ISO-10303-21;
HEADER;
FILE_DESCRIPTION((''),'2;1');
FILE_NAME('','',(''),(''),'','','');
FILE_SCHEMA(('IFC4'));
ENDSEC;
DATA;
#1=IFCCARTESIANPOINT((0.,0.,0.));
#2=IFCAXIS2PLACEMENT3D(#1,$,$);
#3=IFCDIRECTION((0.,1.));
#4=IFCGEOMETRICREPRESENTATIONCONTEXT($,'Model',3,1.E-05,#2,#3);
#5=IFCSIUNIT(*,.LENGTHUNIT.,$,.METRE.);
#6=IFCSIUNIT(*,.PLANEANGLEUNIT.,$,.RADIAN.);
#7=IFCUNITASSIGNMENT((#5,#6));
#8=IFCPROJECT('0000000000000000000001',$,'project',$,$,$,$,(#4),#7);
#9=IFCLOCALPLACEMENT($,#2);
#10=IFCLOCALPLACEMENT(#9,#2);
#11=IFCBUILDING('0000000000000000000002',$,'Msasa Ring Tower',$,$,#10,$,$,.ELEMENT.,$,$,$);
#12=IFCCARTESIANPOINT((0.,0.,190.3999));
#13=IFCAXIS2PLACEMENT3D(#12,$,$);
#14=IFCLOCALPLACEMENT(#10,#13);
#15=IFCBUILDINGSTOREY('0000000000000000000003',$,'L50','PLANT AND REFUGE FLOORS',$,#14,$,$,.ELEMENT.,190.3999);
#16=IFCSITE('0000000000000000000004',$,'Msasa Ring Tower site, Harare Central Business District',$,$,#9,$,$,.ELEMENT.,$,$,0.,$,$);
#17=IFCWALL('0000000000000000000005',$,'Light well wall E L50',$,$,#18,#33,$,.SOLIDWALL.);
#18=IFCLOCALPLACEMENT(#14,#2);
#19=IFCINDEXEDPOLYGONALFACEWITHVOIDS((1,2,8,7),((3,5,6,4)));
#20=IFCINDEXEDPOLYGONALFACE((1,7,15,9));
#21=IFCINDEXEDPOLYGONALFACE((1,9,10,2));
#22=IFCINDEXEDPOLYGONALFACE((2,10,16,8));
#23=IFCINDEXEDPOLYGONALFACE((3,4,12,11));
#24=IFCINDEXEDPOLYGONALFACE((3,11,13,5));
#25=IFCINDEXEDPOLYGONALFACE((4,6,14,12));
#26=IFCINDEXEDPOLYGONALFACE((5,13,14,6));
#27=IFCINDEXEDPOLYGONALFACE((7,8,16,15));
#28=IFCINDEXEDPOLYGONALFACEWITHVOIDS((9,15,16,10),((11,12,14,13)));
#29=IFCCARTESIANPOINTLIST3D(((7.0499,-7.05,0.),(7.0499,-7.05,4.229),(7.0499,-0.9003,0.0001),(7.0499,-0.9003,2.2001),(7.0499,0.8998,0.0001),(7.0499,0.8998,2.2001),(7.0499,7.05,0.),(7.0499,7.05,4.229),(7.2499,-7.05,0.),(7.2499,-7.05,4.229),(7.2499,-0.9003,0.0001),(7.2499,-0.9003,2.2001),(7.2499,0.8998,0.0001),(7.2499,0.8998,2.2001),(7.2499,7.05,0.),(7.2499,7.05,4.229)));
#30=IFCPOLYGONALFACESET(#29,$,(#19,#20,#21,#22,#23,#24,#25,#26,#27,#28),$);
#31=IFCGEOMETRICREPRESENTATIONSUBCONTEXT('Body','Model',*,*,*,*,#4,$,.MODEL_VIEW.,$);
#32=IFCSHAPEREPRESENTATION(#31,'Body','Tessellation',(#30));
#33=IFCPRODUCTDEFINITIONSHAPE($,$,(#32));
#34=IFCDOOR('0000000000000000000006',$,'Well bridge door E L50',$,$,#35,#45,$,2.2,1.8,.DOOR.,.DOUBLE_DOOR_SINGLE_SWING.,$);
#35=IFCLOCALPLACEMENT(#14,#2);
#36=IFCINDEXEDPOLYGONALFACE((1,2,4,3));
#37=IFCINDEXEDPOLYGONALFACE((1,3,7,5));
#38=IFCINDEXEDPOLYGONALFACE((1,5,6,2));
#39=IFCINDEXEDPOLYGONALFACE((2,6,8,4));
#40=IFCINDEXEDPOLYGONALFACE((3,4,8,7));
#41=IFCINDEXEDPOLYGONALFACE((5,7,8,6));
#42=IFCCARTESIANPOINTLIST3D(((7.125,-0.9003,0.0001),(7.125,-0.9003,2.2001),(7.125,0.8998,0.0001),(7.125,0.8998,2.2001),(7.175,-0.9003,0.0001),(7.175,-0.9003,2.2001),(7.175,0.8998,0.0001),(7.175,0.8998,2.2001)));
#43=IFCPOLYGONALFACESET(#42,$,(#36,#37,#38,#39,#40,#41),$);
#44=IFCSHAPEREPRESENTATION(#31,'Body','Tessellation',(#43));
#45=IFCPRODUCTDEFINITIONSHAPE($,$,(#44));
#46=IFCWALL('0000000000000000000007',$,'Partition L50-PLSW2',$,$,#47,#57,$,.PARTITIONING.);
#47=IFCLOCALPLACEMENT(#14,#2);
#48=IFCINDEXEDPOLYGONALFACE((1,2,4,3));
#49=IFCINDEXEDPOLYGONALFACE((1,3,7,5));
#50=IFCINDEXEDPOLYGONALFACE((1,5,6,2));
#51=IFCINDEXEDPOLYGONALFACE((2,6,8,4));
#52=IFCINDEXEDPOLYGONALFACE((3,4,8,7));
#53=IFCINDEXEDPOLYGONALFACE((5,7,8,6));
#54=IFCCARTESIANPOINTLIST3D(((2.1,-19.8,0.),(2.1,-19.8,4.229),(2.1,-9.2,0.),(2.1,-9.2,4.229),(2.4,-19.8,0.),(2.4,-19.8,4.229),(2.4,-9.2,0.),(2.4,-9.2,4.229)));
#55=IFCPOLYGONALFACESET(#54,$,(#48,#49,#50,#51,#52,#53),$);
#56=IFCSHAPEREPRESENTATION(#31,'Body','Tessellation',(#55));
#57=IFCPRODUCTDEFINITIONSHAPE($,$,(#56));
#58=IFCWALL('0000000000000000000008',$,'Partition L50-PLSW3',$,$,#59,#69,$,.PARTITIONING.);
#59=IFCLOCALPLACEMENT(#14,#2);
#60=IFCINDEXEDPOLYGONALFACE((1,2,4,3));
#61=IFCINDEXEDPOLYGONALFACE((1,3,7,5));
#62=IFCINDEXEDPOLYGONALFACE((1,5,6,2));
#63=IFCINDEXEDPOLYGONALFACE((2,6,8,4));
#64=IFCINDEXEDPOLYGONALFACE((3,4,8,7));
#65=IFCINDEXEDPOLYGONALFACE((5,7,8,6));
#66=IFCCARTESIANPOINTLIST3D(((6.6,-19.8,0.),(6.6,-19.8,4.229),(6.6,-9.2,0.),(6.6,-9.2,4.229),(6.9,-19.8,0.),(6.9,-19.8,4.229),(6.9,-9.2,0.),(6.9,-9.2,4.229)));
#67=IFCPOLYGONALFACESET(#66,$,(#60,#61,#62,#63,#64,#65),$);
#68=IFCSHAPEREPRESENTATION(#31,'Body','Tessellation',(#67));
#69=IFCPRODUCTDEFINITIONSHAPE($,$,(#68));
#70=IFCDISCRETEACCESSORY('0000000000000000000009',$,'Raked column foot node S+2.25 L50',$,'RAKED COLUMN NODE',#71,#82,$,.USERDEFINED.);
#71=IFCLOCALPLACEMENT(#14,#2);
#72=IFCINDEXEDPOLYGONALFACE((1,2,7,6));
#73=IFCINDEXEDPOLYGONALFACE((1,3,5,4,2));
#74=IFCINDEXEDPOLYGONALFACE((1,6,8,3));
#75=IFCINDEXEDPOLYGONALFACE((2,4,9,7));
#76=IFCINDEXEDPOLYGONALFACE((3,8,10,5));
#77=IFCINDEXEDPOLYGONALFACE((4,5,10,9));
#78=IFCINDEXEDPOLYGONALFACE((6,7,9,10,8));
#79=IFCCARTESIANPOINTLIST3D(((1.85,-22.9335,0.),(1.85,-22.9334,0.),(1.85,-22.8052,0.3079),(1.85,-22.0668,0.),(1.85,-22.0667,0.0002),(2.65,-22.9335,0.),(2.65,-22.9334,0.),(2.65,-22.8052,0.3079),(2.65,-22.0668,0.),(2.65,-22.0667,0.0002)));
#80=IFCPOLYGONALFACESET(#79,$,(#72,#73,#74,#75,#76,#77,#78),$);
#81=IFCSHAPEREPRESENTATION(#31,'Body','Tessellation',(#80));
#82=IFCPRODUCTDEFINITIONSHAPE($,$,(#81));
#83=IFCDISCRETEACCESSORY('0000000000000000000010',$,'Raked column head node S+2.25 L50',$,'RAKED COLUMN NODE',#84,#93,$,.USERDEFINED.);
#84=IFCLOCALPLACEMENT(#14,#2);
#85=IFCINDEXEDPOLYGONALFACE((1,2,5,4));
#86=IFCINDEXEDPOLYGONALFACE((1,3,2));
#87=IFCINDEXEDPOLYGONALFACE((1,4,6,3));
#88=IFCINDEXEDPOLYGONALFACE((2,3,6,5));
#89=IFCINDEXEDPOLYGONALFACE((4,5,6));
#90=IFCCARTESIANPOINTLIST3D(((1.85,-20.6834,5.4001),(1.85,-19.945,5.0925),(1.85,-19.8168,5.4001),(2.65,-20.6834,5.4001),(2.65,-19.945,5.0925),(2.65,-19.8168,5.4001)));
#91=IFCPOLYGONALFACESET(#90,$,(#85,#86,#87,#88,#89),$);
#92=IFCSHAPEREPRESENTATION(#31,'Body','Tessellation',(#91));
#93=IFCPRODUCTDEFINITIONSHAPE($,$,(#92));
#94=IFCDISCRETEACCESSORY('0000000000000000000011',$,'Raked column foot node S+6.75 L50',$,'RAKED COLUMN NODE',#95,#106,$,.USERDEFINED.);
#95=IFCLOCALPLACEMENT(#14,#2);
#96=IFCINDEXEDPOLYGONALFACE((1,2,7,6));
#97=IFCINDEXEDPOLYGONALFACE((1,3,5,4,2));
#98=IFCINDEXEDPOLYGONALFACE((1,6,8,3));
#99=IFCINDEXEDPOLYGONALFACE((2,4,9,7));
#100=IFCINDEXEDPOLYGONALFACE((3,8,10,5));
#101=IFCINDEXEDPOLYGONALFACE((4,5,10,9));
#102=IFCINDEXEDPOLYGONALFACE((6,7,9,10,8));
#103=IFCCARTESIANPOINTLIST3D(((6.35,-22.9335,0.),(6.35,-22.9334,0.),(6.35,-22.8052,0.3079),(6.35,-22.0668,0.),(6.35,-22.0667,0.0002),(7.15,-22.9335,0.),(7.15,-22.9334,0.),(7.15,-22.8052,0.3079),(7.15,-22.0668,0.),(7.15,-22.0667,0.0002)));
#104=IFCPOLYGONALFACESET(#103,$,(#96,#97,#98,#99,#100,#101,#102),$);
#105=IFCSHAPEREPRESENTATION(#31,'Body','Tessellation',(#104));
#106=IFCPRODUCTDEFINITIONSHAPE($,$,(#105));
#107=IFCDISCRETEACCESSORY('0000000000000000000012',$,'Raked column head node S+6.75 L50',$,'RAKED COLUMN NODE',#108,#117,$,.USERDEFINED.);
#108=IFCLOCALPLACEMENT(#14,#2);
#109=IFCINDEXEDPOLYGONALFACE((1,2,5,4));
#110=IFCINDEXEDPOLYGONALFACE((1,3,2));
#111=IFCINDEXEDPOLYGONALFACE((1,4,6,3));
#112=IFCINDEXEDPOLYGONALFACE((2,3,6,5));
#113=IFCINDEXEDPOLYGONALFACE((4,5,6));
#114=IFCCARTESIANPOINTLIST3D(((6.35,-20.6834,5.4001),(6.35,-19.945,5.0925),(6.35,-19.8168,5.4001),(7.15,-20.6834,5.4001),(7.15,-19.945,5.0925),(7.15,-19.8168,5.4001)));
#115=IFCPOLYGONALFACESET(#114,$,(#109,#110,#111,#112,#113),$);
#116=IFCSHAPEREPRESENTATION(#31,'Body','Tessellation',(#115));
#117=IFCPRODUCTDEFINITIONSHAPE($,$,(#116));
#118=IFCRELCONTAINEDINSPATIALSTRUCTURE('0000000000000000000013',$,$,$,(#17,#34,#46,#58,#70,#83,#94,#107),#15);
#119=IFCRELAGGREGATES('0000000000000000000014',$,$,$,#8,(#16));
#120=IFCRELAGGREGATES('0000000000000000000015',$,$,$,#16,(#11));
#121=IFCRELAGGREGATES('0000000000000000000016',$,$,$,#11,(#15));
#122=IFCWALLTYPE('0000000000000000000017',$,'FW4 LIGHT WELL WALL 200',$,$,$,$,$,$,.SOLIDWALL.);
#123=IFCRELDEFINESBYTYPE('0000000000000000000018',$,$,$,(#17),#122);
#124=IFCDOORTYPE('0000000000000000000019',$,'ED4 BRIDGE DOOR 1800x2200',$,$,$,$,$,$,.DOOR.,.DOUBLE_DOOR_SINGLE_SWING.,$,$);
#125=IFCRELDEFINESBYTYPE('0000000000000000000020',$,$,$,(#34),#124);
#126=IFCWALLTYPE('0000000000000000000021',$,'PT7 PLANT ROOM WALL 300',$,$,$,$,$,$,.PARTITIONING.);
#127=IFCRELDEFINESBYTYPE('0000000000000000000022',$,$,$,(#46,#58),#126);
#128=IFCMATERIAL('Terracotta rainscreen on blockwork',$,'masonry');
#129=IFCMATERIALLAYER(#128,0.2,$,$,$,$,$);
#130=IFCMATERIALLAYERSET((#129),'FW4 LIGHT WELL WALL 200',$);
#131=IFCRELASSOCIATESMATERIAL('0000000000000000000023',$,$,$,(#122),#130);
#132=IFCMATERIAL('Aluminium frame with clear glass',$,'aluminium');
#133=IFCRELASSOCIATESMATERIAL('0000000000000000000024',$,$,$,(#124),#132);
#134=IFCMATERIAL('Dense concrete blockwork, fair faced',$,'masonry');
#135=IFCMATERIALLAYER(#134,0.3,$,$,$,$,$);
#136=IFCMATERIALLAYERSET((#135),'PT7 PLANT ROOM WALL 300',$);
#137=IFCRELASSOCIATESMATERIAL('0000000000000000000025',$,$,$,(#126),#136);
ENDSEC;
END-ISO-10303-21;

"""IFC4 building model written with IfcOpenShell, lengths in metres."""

from ifc_helpers import new_model, si_unit, direction, frame, frame_2d, origin, origin_2d, place, context, subcontext, project, spatial, rectangle, extrude, clip, halfspace, material, layer, layer_set, type_object, element, fill, save


model = new_model("IFC4")

# Units and contexts
model_context = context("Model", 3, precision=1e-05, world=origin(), true_north=direction((0.0, 1.0)))
body_context = subcontext(model_context, "Body", "Model", "MODEL_VIEW")
ifc_project = project(units=[si_unit("LENGTHUNIT", "METRE"), si_unit("PLANEANGLEUNIT", "RADIAN")], contexts=[model_context])

# Site, building, storey
site_placement = place(None, origin())
site = spatial("IfcSite", under=ifc_project, at=site_placement, Name="Msasa Ring Tower site, Harare Central Business District", CompositionType="ELEMENT", RefElevation=0.0)
building_placement = place(site_placement, origin())
building = spatial("IfcBuilding", under=site, at=building_placement, Name="Msasa Ring Tower", CompositionType="ELEMENT")
storey_placement = place(building_placement, frame((0.0, 0.0, 190.3999)))
storey = spatial("IfcBuildingStorey", under=building, at=storey_placement, Name="L50", Description="PLANT AND REFUGE FLOORS", CompositionType="ELEMENT", Elevation=190.3999)

# Wall, opening, door
ifc_material_1 = material(Name="Terracotta rainscreen on blockwork", Category="masonry")
ifc_layer_1 = layer(ifc_material_1, 0.2)
ifc_layer_set_1 = layer_set([ifc_layer_1], Name="FW4 LIGHT WELL WALL 200")
wall_type_1 = type_object("IfcWallType", Name="FW4 LIGHT WELL WALL 200", PredefinedType="SOLIDWALL", material=ifc_layer_set_1)
wall_1_placement = place(storey_placement, frame((7.1499, -7.05, 0.0), z_axis=(0.0, 0.0, 1.0), x_axis=(0.0, 1.0, 0.0)))
wall_1 = element("IfcWall", 1, at=wall_1_placement, inside=storey, type_object=wall_type_1, Name="Light well wall E L50", PredefinedType="SOLIDWALL", context=body_context, shape_type="SweptSolid", body=[
    extrude(rectangle(XDim=14.1001, YDim=0.2, at=frame_2d((7.05, 0.0))), origin(), (0.0, 0.0, 1.0), 4.229),
])
opening_1_placement = place(wall_1_placement, frame((6.1499, 0.0, 0.0)))
opening_1 = element("IfcOpeningElement", 2, at=opening_1_placement, cuts=wall_1, PredefinedType="OPENING", context=body_context, shape_type="SweptSolid", body=[
    extrude(rectangle(XDim=1.8, YDim=2.2, at=frame_2d((0.8999, 1.1001))), frame((0.0, 0.1099, 0.0), z_axis=(0.0, -1.0, 0.0), x_axis=(1.0, 0.0, 0.0)), (0.0, 0.0, 1.0), 0.22),
])
ifc_material_2 = material(Name="Aluminium frame with clear glass", Category="aluminium")
door_type_1 = type_object("IfcDoorType", Name="ED4 BRIDGE DOOR 1800x2200", OperationType="DOUBLE_DOOR_SINGLE_SWING", PredefinedType="DOOR", material=ifc_material_2)
door_1_placement = place(opening_1_placement, origin())
door_1 = element("IfcDoor", 3, at=door_1_placement, inside=storey, type_object=door_type_1, Name="Well bridge door E L50", OperationType="DOUBLE_DOOR_SINGLE_SWING", OverallHeight=2.2, OverallWidth=1.8, PredefinedType="DOOR", context=body_context, shape_type="SweptSolid", body=[
    extrude(rectangle(XDim=1.8, YDim=2.2, at=frame_2d((0.8999, 1.1001))), frame((0.0, 0.0249, 0.0), z_axis=(0.0, -1.0, 0.0), x_axis=(1.0, 0.0, 0.0)), (0.0, 0.0, 1.0), 0.05),
])
fill(opening_1, door_1)

# Wall
ifc_material_3 = material(Name="Dense concrete blockwork, fair faced", Category="masonry")
ifc_layer_2 = layer(ifc_material_3, 0.3)
ifc_layer_set_2 = layer_set([ifc_layer_2], Name="PT7 PLANT ROOM WALL 300")
wall_type_2 = type_object("IfcWallType", Name="PT7 PLANT ROOM WALL 300", PredefinedType="PARTITIONING", material=ifc_layer_set_2)
wall_2_placement = place(storey_placement, frame((2.25, -19.8, 0.0), z_axis=(0.0, 0.0, 1.0), x_axis=(0.0, 1.0, 0.0)))
element("IfcWall", 4, at=wall_2_placement, inside=storey, type_object=wall_type_2, Name="Partition L50-PLSW2", PredefinedType="PARTITIONING", context=body_context, shape_type="SweptSolid", body=[
    extrude(rectangle(XDim=10.6001, YDim=0.3, at=frame_2d((5.3, 0.0))), origin(), (0.0, 0.0, 1.0), 4.229),
])

# Wall
wall_3_placement = place(storey_placement, frame((6.75, -19.8, 0.0), z_axis=(0.0, 0.0, 1.0), x_axis=(0.0, 1.0, 0.0)))
element("IfcWall", 5, at=wall_3_placement, inside=storey, type_object=wall_type_2, Name="Partition L50-PLSW3", PredefinedType="PARTITIONING", context=body_context, shape_type="SweptSolid", body=[
    extrude(rectangle(XDim=10.6001, YDim=0.3, at=frame_2d((5.3, 0.0))), origin(), (0.0, 0.0, 1.0), 4.229),
])

# Discrete accessories
discrete_accessory_1_placement = place(storey_placement, frame((2.25, -22.5, 0.0)))
element("IfcDiscreteAccessory", 6, at=discrete_accessory_1_placement, inside=storey, Name="Raked column foot node S+2.25 L50", ObjectType="RAKED COLUMN NODE", PredefinedType="USERDEFINED", context=body_context, shape_type="Clipping", body=[
    clip(extrude(rectangle(XDim=0.8, YDim=0.8, at=origin_2d()), frame((0.0, -0.0642, -0.1538), z_axis=(0.0, 0.384615, 0.923077), x_axis=(0.0, -0.923077, 0.384615)), (0.0, 0.0, 1.0), 0.3335), halfspace(frame((0.0, 0.0, 0.0), z_axis=(0.0, 0.0, 1.0)), True)),
])
discrete_accessory_2_placement = place(storey_placement, frame((2.25, -20.25, 5.4001)))
element("IfcDiscreteAccessory", 7, at=discrete_accessory_2_placement, inside=storey, Name="Raked column head node S+2.25 L50", ObjectType="RAKED COLUMN NODE", PredefinedType="USERDEFINED", context=body_context, shape_type="Clipping", body=[
    clip(extrude(rectangle(XDim=0.8, YDim=0.8, at=origin_2d()), frame((0.0, -0.0642, -0.1538), z_axis=(0.0, 0.384615, 0.923077), x_axis=(0.0, -0.923077, 0.384615)), (0.0, 0.0, 1.0), 0.3335), halfspace(frame((0.0, 0.0, 0.0), z_axis=(0.0, 0.0, -1.0)), True)),
])
discrete_accessory_3_placement = place(storey_placement, frame((6.75, -22.5, 0.0)))
element("IfcDiscreteAccessory", 8, at=discrete_accessory_3_placement, inside=storey, Name="Raked column foot node S+6.75 L50", ObjectType="RAKED COLUMN NODE", PredefinedType="USERDEFINED", context=body_context, shape_type="Clipping", body=[
    clip(extrude(rectangle(XDim=0.8, YDim=0.8, at=origin_2d()), frame((0.0, -0.0642, -0.1538), z_axis=(0.0, 0.384615, 0.923077), x_axis=(0.0, -0.923077, 0.384615)), (0.0, 0.0, 1.0), 0.3335), halfspace(frame((0.0, 0.0, 0.0), z_axis=(0.0, 0.0, 1.0)), True)),
])
discrete_accessory_4_placement = place(storey_placement, frame((6.75, -20.25, 5.4001)))
element("IfcDiscreteAccessory", 9, at=discrete_accessory_4_placement, inside=storey, Name="Raked column head node S+6.75 L50", ObjectType="RAKED COLUMN NODE", PredefinedType="USERDEFINED", context=body_context, shape_type="Clipping", body=[
    clip(extrude(rectangle(XDim=0.8, YDim=0.8, at=origin_2d()), frame((0.0, -0.0642, -0.1538), z_axis=(0.0, 0.384615, 0.923077), x_axis=(0.0, -0.923077, 0.384615)), (0.0, 0.0, 1.0), 0.3335), halfspace(frame((0.0, 0.0, 0.0), z_axis=(0.0, 0.0, -1.0)), True)),
])

save(model, "model.ifc")
